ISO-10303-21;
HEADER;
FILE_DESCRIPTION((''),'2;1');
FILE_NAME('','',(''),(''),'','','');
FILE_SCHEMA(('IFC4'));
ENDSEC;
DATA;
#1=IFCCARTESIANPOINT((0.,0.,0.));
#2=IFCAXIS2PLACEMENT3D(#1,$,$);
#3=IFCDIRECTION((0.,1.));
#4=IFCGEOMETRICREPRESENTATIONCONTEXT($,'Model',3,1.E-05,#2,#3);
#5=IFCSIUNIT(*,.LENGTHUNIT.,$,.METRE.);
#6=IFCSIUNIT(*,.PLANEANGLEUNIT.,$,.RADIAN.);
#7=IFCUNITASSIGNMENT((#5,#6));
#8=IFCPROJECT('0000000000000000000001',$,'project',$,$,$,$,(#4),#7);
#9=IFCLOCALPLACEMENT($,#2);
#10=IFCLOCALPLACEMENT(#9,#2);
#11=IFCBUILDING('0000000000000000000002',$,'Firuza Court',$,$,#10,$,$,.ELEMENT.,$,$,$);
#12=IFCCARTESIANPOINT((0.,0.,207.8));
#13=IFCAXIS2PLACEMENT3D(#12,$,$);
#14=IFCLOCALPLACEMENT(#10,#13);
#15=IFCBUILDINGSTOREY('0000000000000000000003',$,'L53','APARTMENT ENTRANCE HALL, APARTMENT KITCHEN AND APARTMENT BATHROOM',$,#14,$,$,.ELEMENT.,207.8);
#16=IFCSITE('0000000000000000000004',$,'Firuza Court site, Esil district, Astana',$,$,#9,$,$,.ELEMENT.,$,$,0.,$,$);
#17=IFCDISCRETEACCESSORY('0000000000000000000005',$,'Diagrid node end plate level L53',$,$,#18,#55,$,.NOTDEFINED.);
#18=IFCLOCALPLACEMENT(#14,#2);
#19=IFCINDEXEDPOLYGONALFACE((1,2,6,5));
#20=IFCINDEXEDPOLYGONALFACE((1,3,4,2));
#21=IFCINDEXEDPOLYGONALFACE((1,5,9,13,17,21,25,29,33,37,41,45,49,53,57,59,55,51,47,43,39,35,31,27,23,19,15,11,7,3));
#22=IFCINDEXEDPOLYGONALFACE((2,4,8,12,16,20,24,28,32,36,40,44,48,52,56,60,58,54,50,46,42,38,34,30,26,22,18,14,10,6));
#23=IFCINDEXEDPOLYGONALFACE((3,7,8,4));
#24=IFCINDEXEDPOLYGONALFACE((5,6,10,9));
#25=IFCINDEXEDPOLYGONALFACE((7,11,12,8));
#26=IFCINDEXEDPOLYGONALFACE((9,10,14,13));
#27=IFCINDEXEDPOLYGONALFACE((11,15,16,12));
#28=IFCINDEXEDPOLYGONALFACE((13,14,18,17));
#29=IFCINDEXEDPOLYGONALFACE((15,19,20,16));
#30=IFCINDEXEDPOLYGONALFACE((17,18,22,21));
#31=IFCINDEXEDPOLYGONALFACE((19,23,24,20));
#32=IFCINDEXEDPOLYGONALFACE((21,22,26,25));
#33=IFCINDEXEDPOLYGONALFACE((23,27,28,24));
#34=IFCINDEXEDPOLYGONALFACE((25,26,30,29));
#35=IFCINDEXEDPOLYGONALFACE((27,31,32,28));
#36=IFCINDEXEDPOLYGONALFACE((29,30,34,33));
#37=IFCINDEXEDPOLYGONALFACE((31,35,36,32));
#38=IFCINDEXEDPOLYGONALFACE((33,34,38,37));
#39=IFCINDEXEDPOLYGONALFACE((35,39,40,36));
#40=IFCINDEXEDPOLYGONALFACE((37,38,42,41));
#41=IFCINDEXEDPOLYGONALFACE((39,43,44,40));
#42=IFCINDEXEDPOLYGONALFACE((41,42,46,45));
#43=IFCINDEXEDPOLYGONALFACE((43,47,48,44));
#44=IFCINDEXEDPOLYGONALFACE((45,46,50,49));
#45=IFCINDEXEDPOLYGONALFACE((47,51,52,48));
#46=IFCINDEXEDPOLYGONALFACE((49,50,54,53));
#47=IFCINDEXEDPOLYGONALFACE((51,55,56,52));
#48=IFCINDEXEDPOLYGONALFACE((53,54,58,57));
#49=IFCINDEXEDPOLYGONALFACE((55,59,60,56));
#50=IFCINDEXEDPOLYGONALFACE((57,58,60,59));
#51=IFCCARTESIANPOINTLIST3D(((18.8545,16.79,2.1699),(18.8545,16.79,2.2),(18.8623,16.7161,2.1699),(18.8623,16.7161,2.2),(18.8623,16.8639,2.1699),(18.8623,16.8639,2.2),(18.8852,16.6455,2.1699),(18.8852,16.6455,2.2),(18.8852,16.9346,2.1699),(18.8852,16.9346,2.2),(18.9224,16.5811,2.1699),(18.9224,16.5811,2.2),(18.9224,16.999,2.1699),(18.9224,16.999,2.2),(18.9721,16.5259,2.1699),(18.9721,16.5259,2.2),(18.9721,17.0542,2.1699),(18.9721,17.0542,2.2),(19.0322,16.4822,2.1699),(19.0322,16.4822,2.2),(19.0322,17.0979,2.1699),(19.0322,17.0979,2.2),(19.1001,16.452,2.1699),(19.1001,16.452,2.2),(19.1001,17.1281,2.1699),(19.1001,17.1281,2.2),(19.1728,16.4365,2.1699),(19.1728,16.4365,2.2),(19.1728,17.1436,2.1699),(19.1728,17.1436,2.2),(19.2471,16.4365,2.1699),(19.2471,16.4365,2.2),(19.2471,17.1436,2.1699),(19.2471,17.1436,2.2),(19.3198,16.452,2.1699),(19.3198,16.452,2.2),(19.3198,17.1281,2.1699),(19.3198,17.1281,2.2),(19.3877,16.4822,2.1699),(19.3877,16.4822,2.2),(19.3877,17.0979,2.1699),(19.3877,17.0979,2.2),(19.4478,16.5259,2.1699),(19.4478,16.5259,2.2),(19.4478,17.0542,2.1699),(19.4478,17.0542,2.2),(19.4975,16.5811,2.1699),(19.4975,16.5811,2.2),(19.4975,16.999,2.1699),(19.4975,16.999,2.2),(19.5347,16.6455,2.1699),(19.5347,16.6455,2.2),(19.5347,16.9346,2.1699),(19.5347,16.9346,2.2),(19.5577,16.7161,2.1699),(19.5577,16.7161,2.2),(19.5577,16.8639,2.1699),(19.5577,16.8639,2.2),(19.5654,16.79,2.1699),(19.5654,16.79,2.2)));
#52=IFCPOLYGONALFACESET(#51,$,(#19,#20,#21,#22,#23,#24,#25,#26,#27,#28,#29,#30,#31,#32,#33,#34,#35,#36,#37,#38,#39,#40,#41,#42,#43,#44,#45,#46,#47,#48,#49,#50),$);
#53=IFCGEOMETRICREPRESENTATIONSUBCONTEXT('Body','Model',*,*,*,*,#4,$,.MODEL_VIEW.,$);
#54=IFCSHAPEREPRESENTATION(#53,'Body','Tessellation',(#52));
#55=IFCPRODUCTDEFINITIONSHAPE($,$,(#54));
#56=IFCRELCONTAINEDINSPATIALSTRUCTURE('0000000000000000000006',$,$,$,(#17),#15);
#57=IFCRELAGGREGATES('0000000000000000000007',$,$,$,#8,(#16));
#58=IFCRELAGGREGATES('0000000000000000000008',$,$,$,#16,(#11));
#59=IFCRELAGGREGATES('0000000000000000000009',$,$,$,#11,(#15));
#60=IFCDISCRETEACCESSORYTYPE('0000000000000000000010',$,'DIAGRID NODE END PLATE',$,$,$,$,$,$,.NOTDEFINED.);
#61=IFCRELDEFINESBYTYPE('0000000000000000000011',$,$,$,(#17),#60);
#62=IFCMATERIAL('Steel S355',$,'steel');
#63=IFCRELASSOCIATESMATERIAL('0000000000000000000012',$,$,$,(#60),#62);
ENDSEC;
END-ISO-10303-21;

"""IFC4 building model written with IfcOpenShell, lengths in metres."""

from ifc_helpers import new_model, si_unit, direction, frame, origin, origin_2d, place, context, subcontext, project, spatial, circle, extrude, material, material_profile, profile_set, type_object, element, save


model = new_model("IFC4")

# Units and contexts
model_context = context("Model", 3, precision=1e-05, world=origin(), true_north=direction((0.0, 1.0)))
body_context = subcontext(model_context, "Body", "Model", "MODEL_VIEW")
ifc_project = project(units=[si_unit("LENGTHUNIT", "METRE"), si_unit("PLANEANGLEUNIT", "RADIAN")], contexts=[model_context])

# Site, building, storey
site_placement = place(None, origin())
site = spatial("IfcSite", under=ifc_project, at=site_placement, Name="Firuza Court site, Esil district, Astana", CompositionType="ELEMENT", RefElevation=0.0)
building_placement = place(site_placement, origin())
building = spatial("IfcBuilding", under=site, at=building_placement, Name="Firuza Court", CompositionType="ELEMENT")
storey_placement = place(building_placement, frame((0.0, 0.0, 207.8)))
storey = spatial("IfcBuildingStorey", under=building, at=storey_placement, Name="L53", Description="APARTMENT ENTRANCE HALL, APARTMENT KITCHEN AND APARTMENT BATHROOM", CompositionType="ELEMENT", Elevation=207.8)

# Discrete accessory
ifc_material_1 = material(Name="Steel S355", Category="steel")
ifc_material_profile_1 = material_profile(ifc_material_1, circle(Radius=0.3555, at=origin_2d()), Name="PL D711")
ifc_profile_set_1 = profile_set([ifc_material_profile_1], Name="Steel S355")
discrete_accessory_type = type_object("IfcDiscreteAccessoryType", Name="DIAGRID NODE END PLATE", PredefinedType="NOTDEFINED", material=ifc_profile_set_1)
discrete_accessory_1_placement = place(storey_placement, frame((19.21, 16.79, 2.1699), z_axis=(0.0, 0.0, 1.0), x_axis=(1.0, 0.0, 0.0)))
element("IfcDiscreteAccessory", 1, at=discrete_accessory_1_placement, inside=storey, type_object=discrete_accessory_type, Name="Diagrid node end plate level L53", PredefinedType="NOTDEFINED", context=body_context, shape_type="SweptSolid", body=[
    extrude(circle(Radius=0.3555, at=origin_2d()), origin(), (0.0, 0.0, 1.0), 0.03),
])

save(model, "model.ifc")
